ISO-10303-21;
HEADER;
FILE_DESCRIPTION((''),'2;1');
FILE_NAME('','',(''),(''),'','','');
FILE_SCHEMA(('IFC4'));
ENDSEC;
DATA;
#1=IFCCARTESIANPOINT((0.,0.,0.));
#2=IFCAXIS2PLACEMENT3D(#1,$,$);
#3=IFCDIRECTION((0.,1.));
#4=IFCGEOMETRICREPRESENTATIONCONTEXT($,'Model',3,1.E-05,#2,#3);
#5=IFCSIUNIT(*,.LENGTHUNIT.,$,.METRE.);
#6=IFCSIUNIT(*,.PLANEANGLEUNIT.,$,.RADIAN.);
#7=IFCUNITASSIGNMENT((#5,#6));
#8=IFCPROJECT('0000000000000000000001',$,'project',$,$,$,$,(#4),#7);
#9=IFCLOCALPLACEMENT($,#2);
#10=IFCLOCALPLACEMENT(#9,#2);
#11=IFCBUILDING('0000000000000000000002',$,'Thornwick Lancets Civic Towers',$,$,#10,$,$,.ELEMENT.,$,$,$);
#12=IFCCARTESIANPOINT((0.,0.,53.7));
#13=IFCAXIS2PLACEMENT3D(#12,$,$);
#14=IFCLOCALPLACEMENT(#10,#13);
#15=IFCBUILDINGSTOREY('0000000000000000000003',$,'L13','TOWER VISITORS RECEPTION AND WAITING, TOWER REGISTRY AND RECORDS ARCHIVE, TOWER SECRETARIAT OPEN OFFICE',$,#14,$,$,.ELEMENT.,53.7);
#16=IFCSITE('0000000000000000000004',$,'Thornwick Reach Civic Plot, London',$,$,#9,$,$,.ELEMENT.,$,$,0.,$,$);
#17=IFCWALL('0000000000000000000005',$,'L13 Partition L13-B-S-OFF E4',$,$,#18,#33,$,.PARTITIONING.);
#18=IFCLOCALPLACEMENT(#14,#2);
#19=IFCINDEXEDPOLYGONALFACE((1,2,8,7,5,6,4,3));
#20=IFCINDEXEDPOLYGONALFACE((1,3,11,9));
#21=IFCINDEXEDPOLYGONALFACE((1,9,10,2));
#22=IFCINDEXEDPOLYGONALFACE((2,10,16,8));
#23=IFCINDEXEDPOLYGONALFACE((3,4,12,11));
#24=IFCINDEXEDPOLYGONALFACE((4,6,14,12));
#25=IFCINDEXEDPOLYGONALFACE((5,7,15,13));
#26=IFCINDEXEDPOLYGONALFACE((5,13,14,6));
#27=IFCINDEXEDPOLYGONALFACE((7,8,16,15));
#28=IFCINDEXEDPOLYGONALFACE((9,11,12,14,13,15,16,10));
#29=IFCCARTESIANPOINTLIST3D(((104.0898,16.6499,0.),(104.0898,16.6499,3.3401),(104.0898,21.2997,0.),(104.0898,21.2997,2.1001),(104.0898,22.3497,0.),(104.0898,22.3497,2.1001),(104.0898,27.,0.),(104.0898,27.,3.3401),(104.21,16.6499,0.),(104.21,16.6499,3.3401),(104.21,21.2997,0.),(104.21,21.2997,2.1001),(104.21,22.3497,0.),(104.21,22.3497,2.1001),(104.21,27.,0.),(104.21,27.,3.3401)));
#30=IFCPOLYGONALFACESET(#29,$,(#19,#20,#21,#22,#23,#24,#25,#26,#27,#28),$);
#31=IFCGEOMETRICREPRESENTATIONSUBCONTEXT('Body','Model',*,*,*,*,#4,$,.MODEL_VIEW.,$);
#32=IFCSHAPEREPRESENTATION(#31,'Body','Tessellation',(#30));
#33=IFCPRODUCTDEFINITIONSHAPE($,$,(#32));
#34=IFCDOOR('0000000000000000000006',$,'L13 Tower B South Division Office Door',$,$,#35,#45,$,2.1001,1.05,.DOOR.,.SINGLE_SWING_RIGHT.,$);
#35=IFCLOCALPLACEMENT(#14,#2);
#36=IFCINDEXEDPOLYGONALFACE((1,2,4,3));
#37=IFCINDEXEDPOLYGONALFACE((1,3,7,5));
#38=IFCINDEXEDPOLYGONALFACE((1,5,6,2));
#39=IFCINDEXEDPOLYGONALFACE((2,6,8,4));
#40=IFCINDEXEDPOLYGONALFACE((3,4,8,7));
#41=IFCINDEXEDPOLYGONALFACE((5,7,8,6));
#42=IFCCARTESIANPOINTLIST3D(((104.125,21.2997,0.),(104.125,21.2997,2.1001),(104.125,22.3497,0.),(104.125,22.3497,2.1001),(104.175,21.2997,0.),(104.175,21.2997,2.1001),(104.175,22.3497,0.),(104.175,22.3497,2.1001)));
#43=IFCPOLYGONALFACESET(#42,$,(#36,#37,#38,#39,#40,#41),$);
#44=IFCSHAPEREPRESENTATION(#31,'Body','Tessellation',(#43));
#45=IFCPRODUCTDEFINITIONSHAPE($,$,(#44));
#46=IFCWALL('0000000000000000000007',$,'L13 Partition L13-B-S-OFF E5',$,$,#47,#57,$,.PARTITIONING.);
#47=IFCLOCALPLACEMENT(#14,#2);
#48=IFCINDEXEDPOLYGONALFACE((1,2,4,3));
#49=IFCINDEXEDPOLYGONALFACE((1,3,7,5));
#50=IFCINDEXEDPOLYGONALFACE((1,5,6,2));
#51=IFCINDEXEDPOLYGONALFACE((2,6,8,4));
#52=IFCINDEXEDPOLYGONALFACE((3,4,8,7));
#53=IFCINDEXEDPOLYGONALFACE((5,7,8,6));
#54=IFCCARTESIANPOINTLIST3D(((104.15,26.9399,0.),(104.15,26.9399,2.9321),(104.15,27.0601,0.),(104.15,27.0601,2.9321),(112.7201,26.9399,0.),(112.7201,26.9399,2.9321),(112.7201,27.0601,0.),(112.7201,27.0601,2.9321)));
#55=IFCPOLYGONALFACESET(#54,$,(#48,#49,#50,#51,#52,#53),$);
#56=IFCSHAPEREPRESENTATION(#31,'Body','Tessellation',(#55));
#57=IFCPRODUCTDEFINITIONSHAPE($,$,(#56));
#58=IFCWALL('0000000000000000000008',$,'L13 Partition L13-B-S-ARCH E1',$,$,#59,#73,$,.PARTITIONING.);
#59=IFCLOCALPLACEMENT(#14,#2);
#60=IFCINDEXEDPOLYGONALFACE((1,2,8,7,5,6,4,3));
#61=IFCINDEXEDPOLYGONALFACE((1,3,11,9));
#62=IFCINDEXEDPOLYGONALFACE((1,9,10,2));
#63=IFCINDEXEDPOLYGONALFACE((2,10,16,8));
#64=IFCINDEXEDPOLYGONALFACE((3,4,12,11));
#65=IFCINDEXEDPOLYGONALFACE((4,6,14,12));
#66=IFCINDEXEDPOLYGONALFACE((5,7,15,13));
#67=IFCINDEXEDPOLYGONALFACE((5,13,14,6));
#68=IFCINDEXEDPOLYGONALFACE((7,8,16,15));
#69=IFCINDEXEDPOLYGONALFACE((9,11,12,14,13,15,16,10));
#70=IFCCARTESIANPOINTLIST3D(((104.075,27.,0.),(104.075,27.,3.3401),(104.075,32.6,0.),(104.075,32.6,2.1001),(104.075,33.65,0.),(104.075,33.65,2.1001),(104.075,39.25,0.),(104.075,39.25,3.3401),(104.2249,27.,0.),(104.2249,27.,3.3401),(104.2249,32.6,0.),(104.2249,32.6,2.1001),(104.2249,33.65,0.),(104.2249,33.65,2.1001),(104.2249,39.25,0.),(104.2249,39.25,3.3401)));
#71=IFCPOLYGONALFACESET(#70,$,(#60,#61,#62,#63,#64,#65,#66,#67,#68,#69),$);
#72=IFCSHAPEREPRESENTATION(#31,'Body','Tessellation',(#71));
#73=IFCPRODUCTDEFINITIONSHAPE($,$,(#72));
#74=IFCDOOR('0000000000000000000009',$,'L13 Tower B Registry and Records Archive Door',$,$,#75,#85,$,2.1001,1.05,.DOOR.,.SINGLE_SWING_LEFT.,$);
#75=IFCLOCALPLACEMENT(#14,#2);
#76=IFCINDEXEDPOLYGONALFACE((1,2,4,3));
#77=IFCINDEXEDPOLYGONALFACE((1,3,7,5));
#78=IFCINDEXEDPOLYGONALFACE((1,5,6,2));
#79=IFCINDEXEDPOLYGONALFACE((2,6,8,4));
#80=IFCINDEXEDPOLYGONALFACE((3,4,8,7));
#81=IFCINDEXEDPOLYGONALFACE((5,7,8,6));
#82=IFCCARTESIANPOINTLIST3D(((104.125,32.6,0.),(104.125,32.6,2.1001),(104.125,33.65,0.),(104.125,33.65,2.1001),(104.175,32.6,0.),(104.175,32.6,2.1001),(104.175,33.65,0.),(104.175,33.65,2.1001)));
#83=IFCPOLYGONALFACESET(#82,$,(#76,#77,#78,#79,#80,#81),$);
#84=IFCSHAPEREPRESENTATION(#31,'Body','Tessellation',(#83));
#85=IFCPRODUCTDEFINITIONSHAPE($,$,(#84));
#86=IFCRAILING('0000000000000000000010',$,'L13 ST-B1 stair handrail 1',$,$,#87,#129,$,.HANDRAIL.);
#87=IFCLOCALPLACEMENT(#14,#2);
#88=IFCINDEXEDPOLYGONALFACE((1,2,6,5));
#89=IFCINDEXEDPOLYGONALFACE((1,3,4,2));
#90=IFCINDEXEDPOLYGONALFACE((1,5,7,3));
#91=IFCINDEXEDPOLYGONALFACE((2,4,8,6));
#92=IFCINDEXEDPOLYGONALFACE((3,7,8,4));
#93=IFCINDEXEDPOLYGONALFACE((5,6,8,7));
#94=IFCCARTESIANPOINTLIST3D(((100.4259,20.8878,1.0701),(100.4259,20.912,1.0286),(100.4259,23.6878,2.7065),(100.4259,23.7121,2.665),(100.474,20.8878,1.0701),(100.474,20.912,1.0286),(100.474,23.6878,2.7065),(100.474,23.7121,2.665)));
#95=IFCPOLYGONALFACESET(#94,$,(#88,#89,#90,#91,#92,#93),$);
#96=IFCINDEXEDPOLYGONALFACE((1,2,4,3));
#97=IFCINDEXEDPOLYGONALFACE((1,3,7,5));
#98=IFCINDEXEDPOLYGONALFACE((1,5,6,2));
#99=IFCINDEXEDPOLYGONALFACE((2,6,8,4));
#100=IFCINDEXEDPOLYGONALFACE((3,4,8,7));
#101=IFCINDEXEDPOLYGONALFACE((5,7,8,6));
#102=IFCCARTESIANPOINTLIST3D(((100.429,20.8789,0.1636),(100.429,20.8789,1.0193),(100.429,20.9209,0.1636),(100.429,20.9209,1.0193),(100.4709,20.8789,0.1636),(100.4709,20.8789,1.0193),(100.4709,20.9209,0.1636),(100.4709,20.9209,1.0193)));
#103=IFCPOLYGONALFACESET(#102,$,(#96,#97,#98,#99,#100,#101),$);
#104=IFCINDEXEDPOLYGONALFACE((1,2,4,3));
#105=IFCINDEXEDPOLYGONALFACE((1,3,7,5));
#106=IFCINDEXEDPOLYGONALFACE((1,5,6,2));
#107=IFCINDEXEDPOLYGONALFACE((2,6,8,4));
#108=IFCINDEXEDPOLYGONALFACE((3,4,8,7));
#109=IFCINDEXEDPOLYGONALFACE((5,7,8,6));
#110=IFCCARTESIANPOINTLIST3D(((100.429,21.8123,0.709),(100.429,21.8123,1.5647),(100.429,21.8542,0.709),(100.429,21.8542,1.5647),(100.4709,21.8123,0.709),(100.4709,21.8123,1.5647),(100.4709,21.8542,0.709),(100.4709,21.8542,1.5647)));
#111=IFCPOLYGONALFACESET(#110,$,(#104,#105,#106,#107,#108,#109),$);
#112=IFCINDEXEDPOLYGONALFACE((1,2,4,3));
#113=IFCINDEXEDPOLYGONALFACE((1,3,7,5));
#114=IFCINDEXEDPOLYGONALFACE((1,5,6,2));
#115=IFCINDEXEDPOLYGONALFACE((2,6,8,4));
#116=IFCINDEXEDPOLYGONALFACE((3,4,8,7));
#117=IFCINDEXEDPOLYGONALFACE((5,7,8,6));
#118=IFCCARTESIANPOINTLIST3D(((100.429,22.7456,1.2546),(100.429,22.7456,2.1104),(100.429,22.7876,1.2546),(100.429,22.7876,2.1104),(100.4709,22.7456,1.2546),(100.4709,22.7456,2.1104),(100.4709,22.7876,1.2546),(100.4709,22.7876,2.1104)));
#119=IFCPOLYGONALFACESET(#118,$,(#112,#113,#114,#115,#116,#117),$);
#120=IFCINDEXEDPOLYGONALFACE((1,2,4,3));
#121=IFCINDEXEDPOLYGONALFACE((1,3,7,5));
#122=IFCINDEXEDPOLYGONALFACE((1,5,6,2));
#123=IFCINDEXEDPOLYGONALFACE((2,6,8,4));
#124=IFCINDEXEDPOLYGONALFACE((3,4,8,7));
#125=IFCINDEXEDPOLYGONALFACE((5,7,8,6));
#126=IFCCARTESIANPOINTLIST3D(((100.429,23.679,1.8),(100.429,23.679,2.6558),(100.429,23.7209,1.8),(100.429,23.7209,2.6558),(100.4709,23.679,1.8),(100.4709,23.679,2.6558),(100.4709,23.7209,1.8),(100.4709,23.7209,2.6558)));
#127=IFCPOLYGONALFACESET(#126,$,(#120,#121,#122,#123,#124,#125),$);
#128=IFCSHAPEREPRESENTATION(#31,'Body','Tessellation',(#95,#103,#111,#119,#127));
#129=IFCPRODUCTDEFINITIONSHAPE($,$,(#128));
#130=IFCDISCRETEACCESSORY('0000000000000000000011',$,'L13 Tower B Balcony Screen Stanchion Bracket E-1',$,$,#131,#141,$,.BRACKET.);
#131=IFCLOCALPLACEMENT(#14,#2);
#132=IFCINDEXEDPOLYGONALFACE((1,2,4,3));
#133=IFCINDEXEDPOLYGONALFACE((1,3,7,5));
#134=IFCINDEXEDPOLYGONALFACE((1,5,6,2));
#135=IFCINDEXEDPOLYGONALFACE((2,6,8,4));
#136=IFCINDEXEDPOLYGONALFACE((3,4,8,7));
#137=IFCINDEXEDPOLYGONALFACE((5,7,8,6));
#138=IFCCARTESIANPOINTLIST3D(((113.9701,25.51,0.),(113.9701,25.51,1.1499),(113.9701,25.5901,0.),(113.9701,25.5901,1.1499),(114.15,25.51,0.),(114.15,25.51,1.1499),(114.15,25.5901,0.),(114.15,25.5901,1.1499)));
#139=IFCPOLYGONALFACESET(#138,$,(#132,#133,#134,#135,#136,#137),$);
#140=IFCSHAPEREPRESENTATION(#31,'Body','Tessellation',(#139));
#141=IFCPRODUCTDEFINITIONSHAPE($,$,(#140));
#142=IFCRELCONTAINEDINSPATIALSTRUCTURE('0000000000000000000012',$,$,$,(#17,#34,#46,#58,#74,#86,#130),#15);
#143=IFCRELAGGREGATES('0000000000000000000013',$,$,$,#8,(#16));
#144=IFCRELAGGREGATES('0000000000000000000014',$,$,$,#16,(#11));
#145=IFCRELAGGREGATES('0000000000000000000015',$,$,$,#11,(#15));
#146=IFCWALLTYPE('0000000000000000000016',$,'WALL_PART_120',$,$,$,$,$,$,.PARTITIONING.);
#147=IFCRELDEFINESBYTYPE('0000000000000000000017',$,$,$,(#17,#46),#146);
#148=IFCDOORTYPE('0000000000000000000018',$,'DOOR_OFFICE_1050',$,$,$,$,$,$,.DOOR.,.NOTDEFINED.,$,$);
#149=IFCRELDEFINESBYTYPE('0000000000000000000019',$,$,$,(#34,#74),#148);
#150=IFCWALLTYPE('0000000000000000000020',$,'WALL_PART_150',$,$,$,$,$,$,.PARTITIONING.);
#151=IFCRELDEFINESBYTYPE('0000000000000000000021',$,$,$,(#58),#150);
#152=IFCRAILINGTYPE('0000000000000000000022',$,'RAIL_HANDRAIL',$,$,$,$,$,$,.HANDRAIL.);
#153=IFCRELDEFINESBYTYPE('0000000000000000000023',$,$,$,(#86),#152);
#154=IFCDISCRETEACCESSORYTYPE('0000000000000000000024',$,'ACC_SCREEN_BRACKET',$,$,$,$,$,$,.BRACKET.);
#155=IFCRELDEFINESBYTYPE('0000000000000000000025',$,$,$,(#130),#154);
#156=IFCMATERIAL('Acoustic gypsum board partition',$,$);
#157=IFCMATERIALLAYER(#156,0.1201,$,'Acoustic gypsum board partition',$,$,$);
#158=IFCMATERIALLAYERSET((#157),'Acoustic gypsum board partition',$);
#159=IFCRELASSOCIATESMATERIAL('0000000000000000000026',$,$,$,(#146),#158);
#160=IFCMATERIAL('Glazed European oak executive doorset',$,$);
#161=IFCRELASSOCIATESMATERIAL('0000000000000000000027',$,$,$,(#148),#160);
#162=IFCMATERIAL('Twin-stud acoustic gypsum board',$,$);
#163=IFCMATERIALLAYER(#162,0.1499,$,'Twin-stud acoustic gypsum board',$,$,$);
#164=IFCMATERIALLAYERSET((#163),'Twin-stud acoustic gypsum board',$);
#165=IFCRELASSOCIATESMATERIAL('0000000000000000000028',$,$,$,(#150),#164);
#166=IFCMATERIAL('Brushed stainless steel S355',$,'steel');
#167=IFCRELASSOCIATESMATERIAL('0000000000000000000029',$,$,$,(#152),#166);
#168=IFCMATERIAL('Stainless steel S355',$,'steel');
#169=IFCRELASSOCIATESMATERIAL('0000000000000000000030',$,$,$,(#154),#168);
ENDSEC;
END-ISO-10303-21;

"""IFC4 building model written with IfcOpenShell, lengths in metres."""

from ifc_helpers import new_model, si_unit, direction, frame, frame_2d, origin, origin_2d, place, context, subcontext, project, spatial, rectangle, extrude, material, layer, layer_set, type_object, element, fill, save


model = new_model("IFC4")

# Units and contexts
model_context = context("Model", 3, precision=1e-05, world=origin(), true_north=direction((0.0, 1.0)))
body_context = subcontext(model_context, "Body", "Model", "MODEL_VIEW")
ifc_project = project(units=[si_unit("LENGTHUNIT", "METRE"), si_unit("PLANEANGLEUNIT", "RADIAN")], contexts=[model_context])

# Site, building, storey
site_placement = place(None, origin())
site = spatial("IfcSite", under=ifc_project, at=site_placement, Name="Thornwick Reach Civic Plot, London", CompositionType="ELEMENT", RefElevation=0.0)
building_placement = place(site_placement, origin())
building = spatial("IfcBuilding", under=site, at=building_placement, Name="Thornwick Lancets Civic Towers", CompositionType="ELEMENT")
storey_placement = place(building_placement, frame((0.0, 0.0, 53.7)))
storey = spatial("IfcBuildingStorey", under=building, at=storey_placement, Name="L13", Description="TOWER VISITORS RECEPTION AND WAITING, TOWER REGISTRY AND RECORDS ARCHIVE, TOWER SECRETARIAT OPEN OFFICE", CompositionType="ELEMENT", Elevation=53.7)

# Shared definitions
ifc_material_1 = material(Name="Acoustic gypsum board partition")
ifc_layer_1 = layer(ifc_material_1, 0.1201, Name="Acoustic gypsum board partition")
ifc_layer_set_1 = layer_set([ifc_layer_1], Name="Acoustic gypsum board partition")
wall_type_1 = type_object("IfcWallType", Name="WALL_PART_120", PredefinedType="PARTITIONING", material=ifc_layer_set_1)

# Wall, opening, door
wall_1_placement = place(storey_placement, frame((104.1499, 16.6499, 0.0), z_axis=(0.0, 0.0, 1.0), x_axis=(0.0, 1.0, 0.0)))
wall_1 = element("IfcWall", 1, at=wall_1_placement, inside=storey, type_object=wall_type_1, Name="L13 Partition L13-B-S-OFF E4", PredefinedType="PARTITIONING", context=body_context, shape_type="SweptSolid", body=[
    extrude(rectangle(XDim=10.3501, YDim=0.1201, at=frame_2d((5.175, 0.0))), origin(), (0.0, 0.0, 1.0), 3.3401),
])
opening_1_placement = place(wall_1_placement, frame((4.6499, 0.0, 0.0)))
opening_1 = element("IfcOpeningElement", 2, at=opening_1_placement, cuts=wall_1, PredefinedType="OPENING", context=body_context, shape_type="SweptSolid", body=[
    extrude(rectangle(XDim=1.05, YDim=2.1001, at=frame_2d((0.5249, 1.05))), frame((0.0, 0.0701, 0.0), z_axis=(0.0, -1.0, 0.0), x_axis=(1.0, 0.0, 0.0)), (0.0, 0.0, 1.0), 0.1401),
])
ifc_material_2 = material(Name="Glazed European oak executive doorset")
door_type = type_object("IfcDoorType", Name="DOOR_OFFICE_1050", OperationType="NOTDEFINED", PredefinedType="DOOR", material=ifc_material_2)
door_1_placement = place(opening_1_placement, origin())
door_1 = element("IfcDoor", 3, at=door_1_placement, inside=storey, type_object=door_type, Name="L13 Tower B South Division Office Door", OperationType="SINGLE_SWING_RIGHT", OverallHeight=2.1001, OverallWidth=1.05, PredefinedType="DOOR", context=body_context, shape_type="SweptSolid", body=[
    extrude(rectangle(XDim=1.05, YDim=2.1001, at=frame_2d((0.5249, 1.05))), frame((0.0, 0.0249, 0.0), z_axis=(0.0, -1.0, 0.0), x_axis=(1.0, 0.0, 0.0)), (0.0, 0.0, 1.0), 0.05),
])
fill(opening_1, door_1)

# Wall
wall_2_placement = place(storey_placement, frame((104.1499, 27.0, 0.0), z_axis=(0.0, 0.0, 1.0), x_axis=(1.0, 0.0, 0.0)))
element("IfcWall", 4, at=wall_2_placement, inside=storey, type_object=wall_type_1, Name="L13 Partition L13-B-S-OFF E5", PredefinedType="PARTITIONING", context=body_context, shape_type="SweptSolid", body=[
    extrude(rectangle(XDim=8.5701, YDim=0.1201, at=frame_2d((4.2852, 0.0))), origin(), (0.0, 0.0, 1.0), 2.9321),
])

# Wall, opening, door
ifc_material_3 = material(Name="Twin-stud acoustic gypsum board")
ifc_layer_2 = layer(ifc_material_3, 0.1499, Name="Twin-stud acoustic gypsum board")
ifc_layer_set_2 = layer_set([ifc_layer_2], Name="Twin-stud acoustic gypsum board")
wall_type_2 = type_object("IfcWallType", Name="WALL_PART_150", PredefinedType="PARTITIONING", material=ifc_layer_set_2)
wall_3_placement = place(storey_placement, frame((104.1499, 27.0, 0.0), z_axis=(0.0, 0.0, 1.0), x_axis=(0.0, 1.0, 0.0)))
wall_3 = element("IfcWall", 5, at=wall_3_placement, inside=storey, type_object=wall_type_2, Name="L13 Partition L13-B-S-ARCH E1", PredefinedType="PARTITIONING", context=body_context, shape_type="SweptSolid", body=[
    extrude(rectangle(XDim=12.25, YDim=0.1499, at=frame_2d((6.125, 0.0))), origin(), (0.0, 0.0, 1.0), 3.3401),
])
opening_2_placement = place(wall_3_placement, frame((5.6001, 0.0, 0.0)))
opening_2 = element("IfcOpeningElement", 6, at=opening_2_placement, cuts=wall_3, PredefinedType="OPENING", context=body_context, shape_type="SweptSolid", body=[
    extrude(rectangle(XDim=1.05, YDim=2.1001, at=frame_2d((0.5249, 1.05))), frame((0.0, 0.085, 0.0), z_axis=(0.0, -1.0, 0.0), x_axis=(1.0, 0.0, 0.0)), (0.0, 0.0, 1.0), 0.1699),
])
door_2_placement = place(opening_2_placement, origin())
door_2 = element("IfcDoor", 7, at=door_2_placement, inside=storey, type_object=door_type, Name="L13 Tower B Registry and Records Archive Door", OperationType="SINGLE_SWING_LEFT", OverallHeight=2.1001, OverallWidth=1.05, PredefinedType="DOOR", context=body_context, shape_type="SweptSolid", body=[
    extrude(rectangle(XDim=1.05, YDim=2.1001, at=frame_2d((0.5249, 1.05))), frame((0.0, 0.0249, 0.0), z_axis=(0.0, -1.0, 0.0), x_axis=(1.0, 0.0, 0.0)), (0.0, 0.0, 1.0), 0.05),
])
fill(opening_2, door_2)

# Railing
ifc_material_4 = material(Name="Brushed stainless steel S355", Category="steel")
railing_type = type_object("IfcRailingType", Name="RAIL_HANDRAIL", PredefinedType="HANDRAIL", material=ifc_material_4)
railing_placement = place(storey_placement, frame((100.45, 20.8999, 0.1636)))
element("IfcRailing", 8, at=railing_placement, inside=storey, type_object=railing_type, Name="L13 ST-B1 stair handrail 1", PredefinedType="HANDRAIL", context=body_context, shape_type="SweptSolid", body=[
    extrude(rectangle(XDim=0.0481, YDim=0.0481, at=origin_2d()), frame((0.0, 0.0, 0.8857), z_axis=(0.0, 0.863361, 0.504587), x_axis=(-1.0, 0.0, 0.0)), (0.0, 0.0, 1.0), 3.2432),
    extrude(rectangle(XDim=0.042, YDim=0.042, at=origin_2d()), origin(), (0.0, 0.0, 1.0), 0.8557),
    extrude(rectangle(XDim=0.042, YDim=0.042, at=origin_2d()), frame((0.0, 0.9333, 0.5454)), (0.0, 0.0, 1.0), 0.8557),
    extrude(rectangle(XDim=0.042, YDim=0.042, at=origin_2d()), frame((0.0, 1.8667, 1.0911)), (0.0, 0.0, 1.0), 0.8557),
    extrude(rectangle(XDim=0.042, YDim=0.042, at=origin_2d()), frame((0.0, 2.8, 1.6365)), (0.0, 0.0, 1.0), 0.8557),
])

# Discrete accessory
ifc_material_5 = material(Name="Stainless steel S355", Category="steel")
discrete_accessory_type = type_object("IfcDiscreteAccessoryType", Name="ACC_SCREEN_BRACKET", PredefinedType="BRACKET", material=ifc_material_5)
discrete_accessory_placement = place(storey_placement, frame((114.0601, 25.55, 0.0), z_axis=(0.0, 0.0, 1.0), x_axis=(0.0, 1.0, 0.0)))
element("IfcDiscreteAccessory", 9, at=discrete_accessory_placement, inside=storey, type_object=discrete_accessory_type, Name="L13 Tower B Balcony Screen Stanchion Bracket E-1", PredefinedType="BRACKET", context=body_context, shape_type="SweptSolid", body=[
    extrude(rectangle(XDim=0.0801, YDim=0.1799, at=origin_2d()), origin(), (0.0, 0.0, 1.0), 1.1499),
])

save(model, "model.ifc")
